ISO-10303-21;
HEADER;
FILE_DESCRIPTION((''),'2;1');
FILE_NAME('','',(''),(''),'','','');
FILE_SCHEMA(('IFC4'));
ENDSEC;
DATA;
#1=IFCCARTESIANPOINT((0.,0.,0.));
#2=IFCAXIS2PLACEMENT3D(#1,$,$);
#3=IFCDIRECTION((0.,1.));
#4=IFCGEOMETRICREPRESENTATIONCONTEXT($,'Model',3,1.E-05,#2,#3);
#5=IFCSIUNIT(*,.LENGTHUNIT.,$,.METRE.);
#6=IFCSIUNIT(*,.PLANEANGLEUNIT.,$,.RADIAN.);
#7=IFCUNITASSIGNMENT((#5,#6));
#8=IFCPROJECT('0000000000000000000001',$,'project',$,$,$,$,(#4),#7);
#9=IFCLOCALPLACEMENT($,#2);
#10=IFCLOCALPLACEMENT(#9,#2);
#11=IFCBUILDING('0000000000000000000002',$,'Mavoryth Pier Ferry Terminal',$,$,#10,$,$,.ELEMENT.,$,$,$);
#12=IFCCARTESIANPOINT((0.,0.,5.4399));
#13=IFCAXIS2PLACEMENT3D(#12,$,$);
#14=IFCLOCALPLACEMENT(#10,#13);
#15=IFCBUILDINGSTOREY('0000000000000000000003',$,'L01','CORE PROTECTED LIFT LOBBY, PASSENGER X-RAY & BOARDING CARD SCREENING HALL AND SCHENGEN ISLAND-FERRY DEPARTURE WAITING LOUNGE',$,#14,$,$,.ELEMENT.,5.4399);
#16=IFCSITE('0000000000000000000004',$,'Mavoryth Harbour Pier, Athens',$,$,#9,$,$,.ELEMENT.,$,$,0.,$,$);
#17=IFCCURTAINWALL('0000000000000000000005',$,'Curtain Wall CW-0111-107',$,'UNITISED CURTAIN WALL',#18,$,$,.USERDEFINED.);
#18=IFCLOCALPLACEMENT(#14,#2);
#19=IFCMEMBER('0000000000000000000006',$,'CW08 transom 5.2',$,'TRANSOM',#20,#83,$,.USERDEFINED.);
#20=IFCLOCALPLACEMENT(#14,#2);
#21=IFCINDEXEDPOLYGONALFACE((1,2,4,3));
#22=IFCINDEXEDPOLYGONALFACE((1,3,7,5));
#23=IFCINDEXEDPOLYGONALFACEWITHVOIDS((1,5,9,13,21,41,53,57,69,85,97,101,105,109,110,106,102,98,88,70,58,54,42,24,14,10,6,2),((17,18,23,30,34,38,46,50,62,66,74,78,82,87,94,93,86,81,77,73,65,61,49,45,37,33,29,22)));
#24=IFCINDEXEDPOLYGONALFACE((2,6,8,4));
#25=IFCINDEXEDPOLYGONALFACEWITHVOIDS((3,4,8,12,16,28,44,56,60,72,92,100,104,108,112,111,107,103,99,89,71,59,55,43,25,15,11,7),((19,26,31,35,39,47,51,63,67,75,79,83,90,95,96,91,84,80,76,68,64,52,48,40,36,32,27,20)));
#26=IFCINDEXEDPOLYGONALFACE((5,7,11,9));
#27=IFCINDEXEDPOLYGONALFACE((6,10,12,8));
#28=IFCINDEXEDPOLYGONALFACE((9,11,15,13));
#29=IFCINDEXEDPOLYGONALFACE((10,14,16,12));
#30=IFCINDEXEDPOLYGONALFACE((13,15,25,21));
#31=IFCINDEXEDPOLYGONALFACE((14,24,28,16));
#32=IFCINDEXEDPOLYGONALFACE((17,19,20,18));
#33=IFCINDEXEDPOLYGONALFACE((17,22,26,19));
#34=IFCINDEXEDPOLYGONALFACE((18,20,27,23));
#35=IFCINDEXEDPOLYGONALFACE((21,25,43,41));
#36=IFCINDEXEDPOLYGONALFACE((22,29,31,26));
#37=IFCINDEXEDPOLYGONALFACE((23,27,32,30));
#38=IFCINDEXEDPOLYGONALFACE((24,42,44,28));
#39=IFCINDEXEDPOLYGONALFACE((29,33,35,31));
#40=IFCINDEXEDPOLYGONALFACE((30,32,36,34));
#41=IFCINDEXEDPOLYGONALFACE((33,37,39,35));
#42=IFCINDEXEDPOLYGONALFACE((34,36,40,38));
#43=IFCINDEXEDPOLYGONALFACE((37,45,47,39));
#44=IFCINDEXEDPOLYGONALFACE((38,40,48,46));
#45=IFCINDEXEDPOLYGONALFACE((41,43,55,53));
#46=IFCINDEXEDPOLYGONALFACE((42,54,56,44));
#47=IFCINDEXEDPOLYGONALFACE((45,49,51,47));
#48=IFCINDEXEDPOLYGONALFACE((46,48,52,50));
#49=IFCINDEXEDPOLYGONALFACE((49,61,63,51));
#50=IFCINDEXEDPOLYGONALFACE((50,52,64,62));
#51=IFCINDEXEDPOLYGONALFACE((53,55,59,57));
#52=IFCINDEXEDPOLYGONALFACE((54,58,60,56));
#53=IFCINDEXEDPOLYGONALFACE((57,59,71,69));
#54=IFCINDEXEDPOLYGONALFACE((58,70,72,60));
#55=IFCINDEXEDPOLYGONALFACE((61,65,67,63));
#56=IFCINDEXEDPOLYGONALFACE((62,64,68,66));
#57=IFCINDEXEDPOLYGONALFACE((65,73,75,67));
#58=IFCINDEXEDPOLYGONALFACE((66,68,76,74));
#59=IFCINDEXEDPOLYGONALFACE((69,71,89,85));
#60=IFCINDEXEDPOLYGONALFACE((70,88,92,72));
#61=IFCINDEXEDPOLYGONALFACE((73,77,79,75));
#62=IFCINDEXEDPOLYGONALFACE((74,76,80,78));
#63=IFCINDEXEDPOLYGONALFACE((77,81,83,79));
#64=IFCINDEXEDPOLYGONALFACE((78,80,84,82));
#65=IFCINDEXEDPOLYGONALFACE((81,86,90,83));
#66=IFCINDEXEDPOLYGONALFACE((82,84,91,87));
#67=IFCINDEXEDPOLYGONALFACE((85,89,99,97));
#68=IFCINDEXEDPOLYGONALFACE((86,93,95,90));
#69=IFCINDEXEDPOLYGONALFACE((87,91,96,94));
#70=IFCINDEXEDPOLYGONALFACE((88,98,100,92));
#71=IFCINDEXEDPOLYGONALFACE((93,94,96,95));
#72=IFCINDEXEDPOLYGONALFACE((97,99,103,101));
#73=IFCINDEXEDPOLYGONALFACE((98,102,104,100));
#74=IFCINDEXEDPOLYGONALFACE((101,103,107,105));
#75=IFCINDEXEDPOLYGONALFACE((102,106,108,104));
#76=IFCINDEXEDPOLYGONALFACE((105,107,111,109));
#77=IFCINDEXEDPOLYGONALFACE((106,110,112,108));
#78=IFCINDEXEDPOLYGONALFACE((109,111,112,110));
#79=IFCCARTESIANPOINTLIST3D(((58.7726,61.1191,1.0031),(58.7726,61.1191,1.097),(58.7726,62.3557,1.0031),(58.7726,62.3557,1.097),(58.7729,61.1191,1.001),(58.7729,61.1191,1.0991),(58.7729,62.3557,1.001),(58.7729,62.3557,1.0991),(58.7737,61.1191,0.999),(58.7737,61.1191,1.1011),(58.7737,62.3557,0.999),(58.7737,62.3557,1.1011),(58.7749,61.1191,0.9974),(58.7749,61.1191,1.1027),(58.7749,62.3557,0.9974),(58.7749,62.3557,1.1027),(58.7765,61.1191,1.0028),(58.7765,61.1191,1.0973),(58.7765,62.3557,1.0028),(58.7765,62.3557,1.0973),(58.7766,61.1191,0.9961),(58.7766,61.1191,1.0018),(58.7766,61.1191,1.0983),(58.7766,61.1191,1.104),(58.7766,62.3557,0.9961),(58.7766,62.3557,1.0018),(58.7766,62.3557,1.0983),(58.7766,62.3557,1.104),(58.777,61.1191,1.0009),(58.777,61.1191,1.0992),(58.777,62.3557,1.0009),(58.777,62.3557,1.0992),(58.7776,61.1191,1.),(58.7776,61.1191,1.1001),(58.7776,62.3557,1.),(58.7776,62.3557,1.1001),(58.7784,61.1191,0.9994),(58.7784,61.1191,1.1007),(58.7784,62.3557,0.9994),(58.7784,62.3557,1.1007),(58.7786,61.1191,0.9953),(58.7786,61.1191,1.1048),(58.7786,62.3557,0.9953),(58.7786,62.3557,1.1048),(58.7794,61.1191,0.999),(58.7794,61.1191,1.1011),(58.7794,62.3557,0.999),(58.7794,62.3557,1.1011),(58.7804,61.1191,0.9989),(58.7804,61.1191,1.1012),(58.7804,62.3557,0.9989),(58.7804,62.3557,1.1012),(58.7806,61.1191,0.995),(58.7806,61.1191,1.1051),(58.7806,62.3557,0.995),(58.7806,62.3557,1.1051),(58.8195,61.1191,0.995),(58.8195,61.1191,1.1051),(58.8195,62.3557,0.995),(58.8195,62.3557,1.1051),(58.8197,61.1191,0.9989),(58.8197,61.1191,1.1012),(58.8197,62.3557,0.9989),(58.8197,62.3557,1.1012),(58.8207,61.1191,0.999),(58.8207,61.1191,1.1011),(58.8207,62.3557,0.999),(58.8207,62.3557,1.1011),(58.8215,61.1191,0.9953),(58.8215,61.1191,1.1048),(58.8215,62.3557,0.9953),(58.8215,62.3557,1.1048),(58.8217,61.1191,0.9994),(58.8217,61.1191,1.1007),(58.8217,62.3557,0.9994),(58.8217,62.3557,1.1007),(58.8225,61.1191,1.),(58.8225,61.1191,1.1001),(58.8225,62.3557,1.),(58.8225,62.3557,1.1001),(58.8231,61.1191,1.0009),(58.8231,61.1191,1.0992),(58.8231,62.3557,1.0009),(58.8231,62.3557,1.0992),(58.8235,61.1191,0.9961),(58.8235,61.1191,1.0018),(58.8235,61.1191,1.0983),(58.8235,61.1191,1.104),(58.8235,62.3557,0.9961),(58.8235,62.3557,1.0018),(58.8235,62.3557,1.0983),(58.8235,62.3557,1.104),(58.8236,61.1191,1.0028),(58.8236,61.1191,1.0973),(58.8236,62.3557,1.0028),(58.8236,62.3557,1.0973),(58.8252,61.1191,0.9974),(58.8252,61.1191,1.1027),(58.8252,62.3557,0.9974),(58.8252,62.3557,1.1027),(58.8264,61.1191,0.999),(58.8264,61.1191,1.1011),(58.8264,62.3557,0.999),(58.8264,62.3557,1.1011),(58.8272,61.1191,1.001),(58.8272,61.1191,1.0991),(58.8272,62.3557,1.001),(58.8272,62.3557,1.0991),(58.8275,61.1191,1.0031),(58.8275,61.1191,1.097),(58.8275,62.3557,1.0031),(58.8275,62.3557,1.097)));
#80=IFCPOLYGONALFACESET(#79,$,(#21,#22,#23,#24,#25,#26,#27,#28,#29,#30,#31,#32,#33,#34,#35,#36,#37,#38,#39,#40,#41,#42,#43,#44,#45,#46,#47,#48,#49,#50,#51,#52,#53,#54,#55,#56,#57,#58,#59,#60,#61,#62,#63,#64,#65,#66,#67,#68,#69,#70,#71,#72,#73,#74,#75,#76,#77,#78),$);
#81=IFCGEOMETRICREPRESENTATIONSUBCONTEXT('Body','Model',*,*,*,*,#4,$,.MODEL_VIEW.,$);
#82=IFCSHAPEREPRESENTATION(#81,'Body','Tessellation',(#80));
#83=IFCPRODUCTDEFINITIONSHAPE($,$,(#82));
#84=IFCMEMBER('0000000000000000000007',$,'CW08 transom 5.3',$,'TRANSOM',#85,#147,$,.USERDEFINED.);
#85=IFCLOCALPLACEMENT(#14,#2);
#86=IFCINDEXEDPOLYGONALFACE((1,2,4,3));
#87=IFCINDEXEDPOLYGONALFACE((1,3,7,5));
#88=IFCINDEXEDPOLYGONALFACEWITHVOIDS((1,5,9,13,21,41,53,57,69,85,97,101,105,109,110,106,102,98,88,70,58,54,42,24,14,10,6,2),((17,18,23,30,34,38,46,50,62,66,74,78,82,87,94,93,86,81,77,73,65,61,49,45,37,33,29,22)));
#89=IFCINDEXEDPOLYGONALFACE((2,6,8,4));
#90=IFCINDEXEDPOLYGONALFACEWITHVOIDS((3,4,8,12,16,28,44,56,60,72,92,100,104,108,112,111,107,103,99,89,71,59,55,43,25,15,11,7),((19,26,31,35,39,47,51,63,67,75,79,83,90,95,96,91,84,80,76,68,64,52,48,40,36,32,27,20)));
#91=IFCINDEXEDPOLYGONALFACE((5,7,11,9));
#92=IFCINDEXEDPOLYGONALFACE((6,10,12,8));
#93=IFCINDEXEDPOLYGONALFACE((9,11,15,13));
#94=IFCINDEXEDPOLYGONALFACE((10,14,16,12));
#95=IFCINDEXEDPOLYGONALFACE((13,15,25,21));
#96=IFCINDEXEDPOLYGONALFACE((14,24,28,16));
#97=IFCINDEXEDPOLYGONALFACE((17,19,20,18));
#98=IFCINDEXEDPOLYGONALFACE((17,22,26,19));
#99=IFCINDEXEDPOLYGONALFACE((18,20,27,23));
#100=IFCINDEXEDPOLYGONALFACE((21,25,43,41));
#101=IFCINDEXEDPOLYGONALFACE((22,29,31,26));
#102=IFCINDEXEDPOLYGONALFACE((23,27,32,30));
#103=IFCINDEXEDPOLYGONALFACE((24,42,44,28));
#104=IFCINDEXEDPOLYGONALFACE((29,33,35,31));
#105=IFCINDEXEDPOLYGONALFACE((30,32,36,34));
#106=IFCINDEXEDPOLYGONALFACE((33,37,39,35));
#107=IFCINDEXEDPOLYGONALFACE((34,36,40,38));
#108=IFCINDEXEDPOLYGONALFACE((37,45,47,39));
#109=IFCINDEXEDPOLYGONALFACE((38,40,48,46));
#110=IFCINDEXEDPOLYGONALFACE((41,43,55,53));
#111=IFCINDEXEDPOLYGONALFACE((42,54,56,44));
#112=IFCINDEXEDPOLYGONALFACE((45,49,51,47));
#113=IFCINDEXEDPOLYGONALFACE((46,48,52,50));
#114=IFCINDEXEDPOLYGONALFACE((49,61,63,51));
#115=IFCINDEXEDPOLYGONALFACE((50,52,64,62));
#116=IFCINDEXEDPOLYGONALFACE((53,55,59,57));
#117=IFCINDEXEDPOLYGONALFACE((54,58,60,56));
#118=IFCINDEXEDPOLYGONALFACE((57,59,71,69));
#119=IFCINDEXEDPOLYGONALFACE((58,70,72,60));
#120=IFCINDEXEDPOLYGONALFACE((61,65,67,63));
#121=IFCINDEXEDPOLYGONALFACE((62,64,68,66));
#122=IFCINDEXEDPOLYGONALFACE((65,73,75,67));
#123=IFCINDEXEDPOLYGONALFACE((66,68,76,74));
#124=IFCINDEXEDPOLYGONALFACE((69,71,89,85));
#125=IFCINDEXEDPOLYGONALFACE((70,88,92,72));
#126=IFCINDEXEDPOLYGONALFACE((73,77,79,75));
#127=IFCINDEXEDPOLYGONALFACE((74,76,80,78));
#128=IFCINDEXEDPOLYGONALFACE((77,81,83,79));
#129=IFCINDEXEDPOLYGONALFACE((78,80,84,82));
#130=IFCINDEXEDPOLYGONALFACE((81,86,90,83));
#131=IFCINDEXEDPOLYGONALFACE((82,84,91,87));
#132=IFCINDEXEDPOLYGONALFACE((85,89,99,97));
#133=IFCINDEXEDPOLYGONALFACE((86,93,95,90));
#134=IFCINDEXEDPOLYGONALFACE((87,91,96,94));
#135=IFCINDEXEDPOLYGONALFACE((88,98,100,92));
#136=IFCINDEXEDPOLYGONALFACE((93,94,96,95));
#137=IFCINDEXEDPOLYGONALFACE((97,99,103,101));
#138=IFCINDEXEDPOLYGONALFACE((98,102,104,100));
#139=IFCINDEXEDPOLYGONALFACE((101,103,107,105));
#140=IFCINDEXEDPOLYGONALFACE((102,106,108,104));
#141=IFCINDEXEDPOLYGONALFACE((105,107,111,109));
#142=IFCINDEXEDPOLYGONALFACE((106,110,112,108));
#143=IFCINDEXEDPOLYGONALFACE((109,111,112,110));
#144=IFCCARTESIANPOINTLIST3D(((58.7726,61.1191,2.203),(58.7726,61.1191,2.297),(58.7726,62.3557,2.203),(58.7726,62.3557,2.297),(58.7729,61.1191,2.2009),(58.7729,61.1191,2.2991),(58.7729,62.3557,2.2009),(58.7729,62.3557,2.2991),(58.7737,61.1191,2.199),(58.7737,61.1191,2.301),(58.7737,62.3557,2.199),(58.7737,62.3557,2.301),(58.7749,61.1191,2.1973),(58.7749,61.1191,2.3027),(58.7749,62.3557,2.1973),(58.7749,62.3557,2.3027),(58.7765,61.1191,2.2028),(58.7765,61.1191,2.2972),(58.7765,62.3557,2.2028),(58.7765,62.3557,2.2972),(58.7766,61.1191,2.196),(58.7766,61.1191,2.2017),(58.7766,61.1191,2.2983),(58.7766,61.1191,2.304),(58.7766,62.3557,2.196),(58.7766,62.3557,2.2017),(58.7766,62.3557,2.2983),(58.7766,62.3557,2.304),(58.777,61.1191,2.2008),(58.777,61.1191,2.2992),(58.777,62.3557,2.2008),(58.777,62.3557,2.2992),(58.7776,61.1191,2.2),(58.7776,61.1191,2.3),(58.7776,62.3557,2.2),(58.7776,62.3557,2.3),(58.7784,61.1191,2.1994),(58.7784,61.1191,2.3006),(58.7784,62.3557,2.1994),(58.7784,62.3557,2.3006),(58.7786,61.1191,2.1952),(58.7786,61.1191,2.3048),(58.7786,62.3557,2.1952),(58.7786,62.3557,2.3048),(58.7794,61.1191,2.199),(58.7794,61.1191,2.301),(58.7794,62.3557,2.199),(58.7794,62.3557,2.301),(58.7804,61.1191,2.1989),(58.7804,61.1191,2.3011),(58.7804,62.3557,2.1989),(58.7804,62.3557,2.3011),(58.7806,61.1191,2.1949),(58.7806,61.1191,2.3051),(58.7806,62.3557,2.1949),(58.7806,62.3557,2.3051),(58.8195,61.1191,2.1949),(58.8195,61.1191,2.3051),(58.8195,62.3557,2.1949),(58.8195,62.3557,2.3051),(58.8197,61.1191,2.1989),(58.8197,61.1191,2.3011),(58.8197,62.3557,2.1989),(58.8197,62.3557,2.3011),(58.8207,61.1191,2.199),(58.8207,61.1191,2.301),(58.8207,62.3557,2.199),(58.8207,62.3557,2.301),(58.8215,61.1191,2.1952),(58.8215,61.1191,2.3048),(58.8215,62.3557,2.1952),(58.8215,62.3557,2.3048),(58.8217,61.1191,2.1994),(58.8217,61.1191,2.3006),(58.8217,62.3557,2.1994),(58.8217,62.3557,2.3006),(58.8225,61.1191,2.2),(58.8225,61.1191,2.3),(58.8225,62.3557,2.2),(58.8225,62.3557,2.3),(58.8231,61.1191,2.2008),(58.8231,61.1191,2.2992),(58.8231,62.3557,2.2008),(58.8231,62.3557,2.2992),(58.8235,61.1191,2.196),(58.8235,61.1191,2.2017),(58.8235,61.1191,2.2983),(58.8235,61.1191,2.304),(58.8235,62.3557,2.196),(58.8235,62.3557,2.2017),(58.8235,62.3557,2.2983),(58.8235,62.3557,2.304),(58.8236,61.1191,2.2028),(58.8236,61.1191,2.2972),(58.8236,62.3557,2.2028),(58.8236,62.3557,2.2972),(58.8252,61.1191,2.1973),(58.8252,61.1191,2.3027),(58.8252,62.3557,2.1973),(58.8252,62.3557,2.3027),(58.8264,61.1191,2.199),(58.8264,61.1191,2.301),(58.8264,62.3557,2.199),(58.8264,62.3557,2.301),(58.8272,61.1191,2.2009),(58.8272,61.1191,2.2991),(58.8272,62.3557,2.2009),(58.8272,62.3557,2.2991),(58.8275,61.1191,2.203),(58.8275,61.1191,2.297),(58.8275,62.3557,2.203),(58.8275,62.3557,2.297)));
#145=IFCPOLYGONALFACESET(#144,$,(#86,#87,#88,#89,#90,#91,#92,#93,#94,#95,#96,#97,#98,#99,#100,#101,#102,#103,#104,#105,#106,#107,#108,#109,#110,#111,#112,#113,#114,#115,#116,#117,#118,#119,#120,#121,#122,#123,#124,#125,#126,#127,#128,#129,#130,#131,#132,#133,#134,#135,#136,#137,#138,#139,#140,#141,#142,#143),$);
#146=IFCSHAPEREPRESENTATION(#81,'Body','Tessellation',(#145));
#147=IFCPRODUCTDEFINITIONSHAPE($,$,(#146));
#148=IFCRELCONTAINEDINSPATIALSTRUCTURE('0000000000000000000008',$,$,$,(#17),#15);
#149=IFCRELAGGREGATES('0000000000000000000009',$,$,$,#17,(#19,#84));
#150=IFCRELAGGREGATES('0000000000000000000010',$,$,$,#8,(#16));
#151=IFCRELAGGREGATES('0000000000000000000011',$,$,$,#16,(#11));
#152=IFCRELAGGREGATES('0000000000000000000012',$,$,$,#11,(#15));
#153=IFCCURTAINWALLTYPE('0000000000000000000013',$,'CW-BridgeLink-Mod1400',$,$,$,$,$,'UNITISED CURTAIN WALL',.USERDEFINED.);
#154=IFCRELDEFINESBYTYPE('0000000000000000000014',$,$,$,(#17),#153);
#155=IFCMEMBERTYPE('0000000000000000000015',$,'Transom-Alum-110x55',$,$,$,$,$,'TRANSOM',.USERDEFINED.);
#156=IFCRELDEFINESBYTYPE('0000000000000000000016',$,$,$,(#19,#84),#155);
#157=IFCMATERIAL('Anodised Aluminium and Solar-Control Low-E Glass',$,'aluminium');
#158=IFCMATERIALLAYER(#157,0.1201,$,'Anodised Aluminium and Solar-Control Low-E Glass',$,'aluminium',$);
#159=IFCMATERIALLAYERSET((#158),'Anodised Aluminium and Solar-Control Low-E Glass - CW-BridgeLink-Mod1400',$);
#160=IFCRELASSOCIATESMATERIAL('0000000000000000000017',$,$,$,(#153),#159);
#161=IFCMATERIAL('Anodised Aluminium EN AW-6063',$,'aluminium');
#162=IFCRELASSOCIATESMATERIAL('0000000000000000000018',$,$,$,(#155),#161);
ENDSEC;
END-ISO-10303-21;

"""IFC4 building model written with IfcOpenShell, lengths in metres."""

from ifc_helpers import new_model, si_unit, direction, frame, origin, origin_2d, place, context, subcontext, project, spatial, hollow_rectangle, extrude, material, layer, layer_set, material_profile, profile_set, type_object, element, aggregate, save


model = new_model("IFC4")

# Units and contexts
model_context = context("Model", 3, precision=1e-05, world=origin(), true_north=direction((0.0, 1.0)))
body_context = subcontext(model_context, "Body", "Model", "MODEL_VIEW")
ifc_project = project(units=[si_unit("LENGTHUNIT", "METRE"), si_unit("PLANEANGLEUNIT", "RADIAN")], contexts=[model_context])

# Site, building, storey
site_placement = place(None, origin())
site = spatial("IfcSite", under=ifc_project, at=site_placement, Name="Mavoryth Harbour Pier, Athens", CompositionType="ELEMENT", RefElevation=0.0)
building_placement = place(site_placement, origin())
building = spatial("IfcBuilding", under=site, at=building_placement, Name="Mavoryth Pier Ferry Terminal", CompositionType="ELEMENT")
storey_placement = place(building_placement, frame((0.0, 0.0, 5.4399)))
storey = spatial("IfcBuildingStorey", under=building, at=storey_placement, Name="L01", Description="CORE PROTECTED LIFT LOBBY, PASSENGER X-RAY & BOARDING CARD SCREENING HALL AND SCHENGEN ISLAND-FERRY DEPARTURE WAITING LOUNGE", CompositionType="ELEMENT", Elevation=5.4399)

# Curtain wall
ifc_material_1 = material(Name="Anodised Aluminium and Solar-Control Low-E Glass", Category="aluminium")
ifc_layer_1 = layer(ifc_material_1, 0.1201, Name="Anodised Aluminium and Solar-Control Low-E Glass", Category="aluminium")
ifc_layer_set_1 = layer_set([ifc_layer_1], Name="Anodised Aluminium and Solar-Control Low-E Glass - CW-BridgeLink-Mod1400")
curtain_wall_type = type_object("IfcCurtainWallType", Name="CW-BridgeLink-Mod1400", ElementType="UNITISED CURTAIN WALL", PredefinedType="USERDEFINED", material=ifc_layer_set_1)
curtain_wall_1_placement = place(storey_placement, origin())
curtain_wall_1 = element("IfcCurtainWall", 1, at=curtain_wall_1_placement, inside=storey, type_object=curtain_wall_type, Name="Curtain Wall CW-0111-107", ObjectType="UNITISED CURTAIN WALL", PredefinedType="USERDEFINED")
ifc_material_2 = material(Name="Anodised Aluminium EN AW-6063", Category="aluminium")

# Members
ifc_material_profile_1 = material_profile(ifc_material_2, hollow_rectangle(XDim=0.0549, YDim=0.1101, WallThickness=0.0039, InnerFilletRadius=0.0039, OuterFilletRadius=0.0081, at=origin_2d()), Name="AL-TRAN 110x55x4", Category="aluminium")
ifc_profile_set_1 = profile_set([ifc_material_profile_1], Name="Anodised Aluminium EN AW-6063 - AL-TRAN 110x55x4")
member_type_1 = type_object("IfcMemberType", Name="Transom-Alum-110x55", ElementType="TRANSOM", PredefinedType="USERDEFINED", material=ifc_profile_set_1)
member_1_placement = place(storey_placement, frame((58.8, 61.1191, 1.05), z_axis=(0.0, 1.0, 0.0), x_axis=(-1.0, 0.0, 0.0)))
member_1 = element("IfcMember", 2, at=member_1_placement, type_object=member_type_1, Name="CW08 transom 5.2", ObjectType="TRANSOM", PredefinedType="USERDEFINED", context=body_context, shape_type="SweptSolid", body=[
    extrude(hollow_rectangle(XDim=0.0549, YDim=0.1101, WallThickness=0.0039, InnerFilletRadius=0.0039, OuterFilletRadius=0.0081, at=origin_2d()), origin(), (0.0, 0.0, 1.0), 1.2366),
])
member_2_placement = place(storey_placement, frame((58.8, 61.1191, 2.25), z_axis=(0.0, 1.0, 0.0), x_axis=(-1.0, 0.0, 0.0)))
member_2 = element("IfcMember", 3, at=member_2_placement, type_object=member_type_1, Name="CW08 transom 5.3", ObjectType="TRANSOM", PredefinedType="USERDEFINED", context=body_context, shape_type="SweptSolid", body=[
    extrude(hollow_rectangle(XDim=0.0549, YDim=0.1101, WallThickness=0.0039, InnerFilletRadius=0.0039, OuterFilletRadius=0.0081, at=origin_2d()), origin(), (0.0, 0.0, 1.0), 1.2366),
])

aggregate(curtain_wall_1, [member_1, member_2])

save(model, "model.ifc")
